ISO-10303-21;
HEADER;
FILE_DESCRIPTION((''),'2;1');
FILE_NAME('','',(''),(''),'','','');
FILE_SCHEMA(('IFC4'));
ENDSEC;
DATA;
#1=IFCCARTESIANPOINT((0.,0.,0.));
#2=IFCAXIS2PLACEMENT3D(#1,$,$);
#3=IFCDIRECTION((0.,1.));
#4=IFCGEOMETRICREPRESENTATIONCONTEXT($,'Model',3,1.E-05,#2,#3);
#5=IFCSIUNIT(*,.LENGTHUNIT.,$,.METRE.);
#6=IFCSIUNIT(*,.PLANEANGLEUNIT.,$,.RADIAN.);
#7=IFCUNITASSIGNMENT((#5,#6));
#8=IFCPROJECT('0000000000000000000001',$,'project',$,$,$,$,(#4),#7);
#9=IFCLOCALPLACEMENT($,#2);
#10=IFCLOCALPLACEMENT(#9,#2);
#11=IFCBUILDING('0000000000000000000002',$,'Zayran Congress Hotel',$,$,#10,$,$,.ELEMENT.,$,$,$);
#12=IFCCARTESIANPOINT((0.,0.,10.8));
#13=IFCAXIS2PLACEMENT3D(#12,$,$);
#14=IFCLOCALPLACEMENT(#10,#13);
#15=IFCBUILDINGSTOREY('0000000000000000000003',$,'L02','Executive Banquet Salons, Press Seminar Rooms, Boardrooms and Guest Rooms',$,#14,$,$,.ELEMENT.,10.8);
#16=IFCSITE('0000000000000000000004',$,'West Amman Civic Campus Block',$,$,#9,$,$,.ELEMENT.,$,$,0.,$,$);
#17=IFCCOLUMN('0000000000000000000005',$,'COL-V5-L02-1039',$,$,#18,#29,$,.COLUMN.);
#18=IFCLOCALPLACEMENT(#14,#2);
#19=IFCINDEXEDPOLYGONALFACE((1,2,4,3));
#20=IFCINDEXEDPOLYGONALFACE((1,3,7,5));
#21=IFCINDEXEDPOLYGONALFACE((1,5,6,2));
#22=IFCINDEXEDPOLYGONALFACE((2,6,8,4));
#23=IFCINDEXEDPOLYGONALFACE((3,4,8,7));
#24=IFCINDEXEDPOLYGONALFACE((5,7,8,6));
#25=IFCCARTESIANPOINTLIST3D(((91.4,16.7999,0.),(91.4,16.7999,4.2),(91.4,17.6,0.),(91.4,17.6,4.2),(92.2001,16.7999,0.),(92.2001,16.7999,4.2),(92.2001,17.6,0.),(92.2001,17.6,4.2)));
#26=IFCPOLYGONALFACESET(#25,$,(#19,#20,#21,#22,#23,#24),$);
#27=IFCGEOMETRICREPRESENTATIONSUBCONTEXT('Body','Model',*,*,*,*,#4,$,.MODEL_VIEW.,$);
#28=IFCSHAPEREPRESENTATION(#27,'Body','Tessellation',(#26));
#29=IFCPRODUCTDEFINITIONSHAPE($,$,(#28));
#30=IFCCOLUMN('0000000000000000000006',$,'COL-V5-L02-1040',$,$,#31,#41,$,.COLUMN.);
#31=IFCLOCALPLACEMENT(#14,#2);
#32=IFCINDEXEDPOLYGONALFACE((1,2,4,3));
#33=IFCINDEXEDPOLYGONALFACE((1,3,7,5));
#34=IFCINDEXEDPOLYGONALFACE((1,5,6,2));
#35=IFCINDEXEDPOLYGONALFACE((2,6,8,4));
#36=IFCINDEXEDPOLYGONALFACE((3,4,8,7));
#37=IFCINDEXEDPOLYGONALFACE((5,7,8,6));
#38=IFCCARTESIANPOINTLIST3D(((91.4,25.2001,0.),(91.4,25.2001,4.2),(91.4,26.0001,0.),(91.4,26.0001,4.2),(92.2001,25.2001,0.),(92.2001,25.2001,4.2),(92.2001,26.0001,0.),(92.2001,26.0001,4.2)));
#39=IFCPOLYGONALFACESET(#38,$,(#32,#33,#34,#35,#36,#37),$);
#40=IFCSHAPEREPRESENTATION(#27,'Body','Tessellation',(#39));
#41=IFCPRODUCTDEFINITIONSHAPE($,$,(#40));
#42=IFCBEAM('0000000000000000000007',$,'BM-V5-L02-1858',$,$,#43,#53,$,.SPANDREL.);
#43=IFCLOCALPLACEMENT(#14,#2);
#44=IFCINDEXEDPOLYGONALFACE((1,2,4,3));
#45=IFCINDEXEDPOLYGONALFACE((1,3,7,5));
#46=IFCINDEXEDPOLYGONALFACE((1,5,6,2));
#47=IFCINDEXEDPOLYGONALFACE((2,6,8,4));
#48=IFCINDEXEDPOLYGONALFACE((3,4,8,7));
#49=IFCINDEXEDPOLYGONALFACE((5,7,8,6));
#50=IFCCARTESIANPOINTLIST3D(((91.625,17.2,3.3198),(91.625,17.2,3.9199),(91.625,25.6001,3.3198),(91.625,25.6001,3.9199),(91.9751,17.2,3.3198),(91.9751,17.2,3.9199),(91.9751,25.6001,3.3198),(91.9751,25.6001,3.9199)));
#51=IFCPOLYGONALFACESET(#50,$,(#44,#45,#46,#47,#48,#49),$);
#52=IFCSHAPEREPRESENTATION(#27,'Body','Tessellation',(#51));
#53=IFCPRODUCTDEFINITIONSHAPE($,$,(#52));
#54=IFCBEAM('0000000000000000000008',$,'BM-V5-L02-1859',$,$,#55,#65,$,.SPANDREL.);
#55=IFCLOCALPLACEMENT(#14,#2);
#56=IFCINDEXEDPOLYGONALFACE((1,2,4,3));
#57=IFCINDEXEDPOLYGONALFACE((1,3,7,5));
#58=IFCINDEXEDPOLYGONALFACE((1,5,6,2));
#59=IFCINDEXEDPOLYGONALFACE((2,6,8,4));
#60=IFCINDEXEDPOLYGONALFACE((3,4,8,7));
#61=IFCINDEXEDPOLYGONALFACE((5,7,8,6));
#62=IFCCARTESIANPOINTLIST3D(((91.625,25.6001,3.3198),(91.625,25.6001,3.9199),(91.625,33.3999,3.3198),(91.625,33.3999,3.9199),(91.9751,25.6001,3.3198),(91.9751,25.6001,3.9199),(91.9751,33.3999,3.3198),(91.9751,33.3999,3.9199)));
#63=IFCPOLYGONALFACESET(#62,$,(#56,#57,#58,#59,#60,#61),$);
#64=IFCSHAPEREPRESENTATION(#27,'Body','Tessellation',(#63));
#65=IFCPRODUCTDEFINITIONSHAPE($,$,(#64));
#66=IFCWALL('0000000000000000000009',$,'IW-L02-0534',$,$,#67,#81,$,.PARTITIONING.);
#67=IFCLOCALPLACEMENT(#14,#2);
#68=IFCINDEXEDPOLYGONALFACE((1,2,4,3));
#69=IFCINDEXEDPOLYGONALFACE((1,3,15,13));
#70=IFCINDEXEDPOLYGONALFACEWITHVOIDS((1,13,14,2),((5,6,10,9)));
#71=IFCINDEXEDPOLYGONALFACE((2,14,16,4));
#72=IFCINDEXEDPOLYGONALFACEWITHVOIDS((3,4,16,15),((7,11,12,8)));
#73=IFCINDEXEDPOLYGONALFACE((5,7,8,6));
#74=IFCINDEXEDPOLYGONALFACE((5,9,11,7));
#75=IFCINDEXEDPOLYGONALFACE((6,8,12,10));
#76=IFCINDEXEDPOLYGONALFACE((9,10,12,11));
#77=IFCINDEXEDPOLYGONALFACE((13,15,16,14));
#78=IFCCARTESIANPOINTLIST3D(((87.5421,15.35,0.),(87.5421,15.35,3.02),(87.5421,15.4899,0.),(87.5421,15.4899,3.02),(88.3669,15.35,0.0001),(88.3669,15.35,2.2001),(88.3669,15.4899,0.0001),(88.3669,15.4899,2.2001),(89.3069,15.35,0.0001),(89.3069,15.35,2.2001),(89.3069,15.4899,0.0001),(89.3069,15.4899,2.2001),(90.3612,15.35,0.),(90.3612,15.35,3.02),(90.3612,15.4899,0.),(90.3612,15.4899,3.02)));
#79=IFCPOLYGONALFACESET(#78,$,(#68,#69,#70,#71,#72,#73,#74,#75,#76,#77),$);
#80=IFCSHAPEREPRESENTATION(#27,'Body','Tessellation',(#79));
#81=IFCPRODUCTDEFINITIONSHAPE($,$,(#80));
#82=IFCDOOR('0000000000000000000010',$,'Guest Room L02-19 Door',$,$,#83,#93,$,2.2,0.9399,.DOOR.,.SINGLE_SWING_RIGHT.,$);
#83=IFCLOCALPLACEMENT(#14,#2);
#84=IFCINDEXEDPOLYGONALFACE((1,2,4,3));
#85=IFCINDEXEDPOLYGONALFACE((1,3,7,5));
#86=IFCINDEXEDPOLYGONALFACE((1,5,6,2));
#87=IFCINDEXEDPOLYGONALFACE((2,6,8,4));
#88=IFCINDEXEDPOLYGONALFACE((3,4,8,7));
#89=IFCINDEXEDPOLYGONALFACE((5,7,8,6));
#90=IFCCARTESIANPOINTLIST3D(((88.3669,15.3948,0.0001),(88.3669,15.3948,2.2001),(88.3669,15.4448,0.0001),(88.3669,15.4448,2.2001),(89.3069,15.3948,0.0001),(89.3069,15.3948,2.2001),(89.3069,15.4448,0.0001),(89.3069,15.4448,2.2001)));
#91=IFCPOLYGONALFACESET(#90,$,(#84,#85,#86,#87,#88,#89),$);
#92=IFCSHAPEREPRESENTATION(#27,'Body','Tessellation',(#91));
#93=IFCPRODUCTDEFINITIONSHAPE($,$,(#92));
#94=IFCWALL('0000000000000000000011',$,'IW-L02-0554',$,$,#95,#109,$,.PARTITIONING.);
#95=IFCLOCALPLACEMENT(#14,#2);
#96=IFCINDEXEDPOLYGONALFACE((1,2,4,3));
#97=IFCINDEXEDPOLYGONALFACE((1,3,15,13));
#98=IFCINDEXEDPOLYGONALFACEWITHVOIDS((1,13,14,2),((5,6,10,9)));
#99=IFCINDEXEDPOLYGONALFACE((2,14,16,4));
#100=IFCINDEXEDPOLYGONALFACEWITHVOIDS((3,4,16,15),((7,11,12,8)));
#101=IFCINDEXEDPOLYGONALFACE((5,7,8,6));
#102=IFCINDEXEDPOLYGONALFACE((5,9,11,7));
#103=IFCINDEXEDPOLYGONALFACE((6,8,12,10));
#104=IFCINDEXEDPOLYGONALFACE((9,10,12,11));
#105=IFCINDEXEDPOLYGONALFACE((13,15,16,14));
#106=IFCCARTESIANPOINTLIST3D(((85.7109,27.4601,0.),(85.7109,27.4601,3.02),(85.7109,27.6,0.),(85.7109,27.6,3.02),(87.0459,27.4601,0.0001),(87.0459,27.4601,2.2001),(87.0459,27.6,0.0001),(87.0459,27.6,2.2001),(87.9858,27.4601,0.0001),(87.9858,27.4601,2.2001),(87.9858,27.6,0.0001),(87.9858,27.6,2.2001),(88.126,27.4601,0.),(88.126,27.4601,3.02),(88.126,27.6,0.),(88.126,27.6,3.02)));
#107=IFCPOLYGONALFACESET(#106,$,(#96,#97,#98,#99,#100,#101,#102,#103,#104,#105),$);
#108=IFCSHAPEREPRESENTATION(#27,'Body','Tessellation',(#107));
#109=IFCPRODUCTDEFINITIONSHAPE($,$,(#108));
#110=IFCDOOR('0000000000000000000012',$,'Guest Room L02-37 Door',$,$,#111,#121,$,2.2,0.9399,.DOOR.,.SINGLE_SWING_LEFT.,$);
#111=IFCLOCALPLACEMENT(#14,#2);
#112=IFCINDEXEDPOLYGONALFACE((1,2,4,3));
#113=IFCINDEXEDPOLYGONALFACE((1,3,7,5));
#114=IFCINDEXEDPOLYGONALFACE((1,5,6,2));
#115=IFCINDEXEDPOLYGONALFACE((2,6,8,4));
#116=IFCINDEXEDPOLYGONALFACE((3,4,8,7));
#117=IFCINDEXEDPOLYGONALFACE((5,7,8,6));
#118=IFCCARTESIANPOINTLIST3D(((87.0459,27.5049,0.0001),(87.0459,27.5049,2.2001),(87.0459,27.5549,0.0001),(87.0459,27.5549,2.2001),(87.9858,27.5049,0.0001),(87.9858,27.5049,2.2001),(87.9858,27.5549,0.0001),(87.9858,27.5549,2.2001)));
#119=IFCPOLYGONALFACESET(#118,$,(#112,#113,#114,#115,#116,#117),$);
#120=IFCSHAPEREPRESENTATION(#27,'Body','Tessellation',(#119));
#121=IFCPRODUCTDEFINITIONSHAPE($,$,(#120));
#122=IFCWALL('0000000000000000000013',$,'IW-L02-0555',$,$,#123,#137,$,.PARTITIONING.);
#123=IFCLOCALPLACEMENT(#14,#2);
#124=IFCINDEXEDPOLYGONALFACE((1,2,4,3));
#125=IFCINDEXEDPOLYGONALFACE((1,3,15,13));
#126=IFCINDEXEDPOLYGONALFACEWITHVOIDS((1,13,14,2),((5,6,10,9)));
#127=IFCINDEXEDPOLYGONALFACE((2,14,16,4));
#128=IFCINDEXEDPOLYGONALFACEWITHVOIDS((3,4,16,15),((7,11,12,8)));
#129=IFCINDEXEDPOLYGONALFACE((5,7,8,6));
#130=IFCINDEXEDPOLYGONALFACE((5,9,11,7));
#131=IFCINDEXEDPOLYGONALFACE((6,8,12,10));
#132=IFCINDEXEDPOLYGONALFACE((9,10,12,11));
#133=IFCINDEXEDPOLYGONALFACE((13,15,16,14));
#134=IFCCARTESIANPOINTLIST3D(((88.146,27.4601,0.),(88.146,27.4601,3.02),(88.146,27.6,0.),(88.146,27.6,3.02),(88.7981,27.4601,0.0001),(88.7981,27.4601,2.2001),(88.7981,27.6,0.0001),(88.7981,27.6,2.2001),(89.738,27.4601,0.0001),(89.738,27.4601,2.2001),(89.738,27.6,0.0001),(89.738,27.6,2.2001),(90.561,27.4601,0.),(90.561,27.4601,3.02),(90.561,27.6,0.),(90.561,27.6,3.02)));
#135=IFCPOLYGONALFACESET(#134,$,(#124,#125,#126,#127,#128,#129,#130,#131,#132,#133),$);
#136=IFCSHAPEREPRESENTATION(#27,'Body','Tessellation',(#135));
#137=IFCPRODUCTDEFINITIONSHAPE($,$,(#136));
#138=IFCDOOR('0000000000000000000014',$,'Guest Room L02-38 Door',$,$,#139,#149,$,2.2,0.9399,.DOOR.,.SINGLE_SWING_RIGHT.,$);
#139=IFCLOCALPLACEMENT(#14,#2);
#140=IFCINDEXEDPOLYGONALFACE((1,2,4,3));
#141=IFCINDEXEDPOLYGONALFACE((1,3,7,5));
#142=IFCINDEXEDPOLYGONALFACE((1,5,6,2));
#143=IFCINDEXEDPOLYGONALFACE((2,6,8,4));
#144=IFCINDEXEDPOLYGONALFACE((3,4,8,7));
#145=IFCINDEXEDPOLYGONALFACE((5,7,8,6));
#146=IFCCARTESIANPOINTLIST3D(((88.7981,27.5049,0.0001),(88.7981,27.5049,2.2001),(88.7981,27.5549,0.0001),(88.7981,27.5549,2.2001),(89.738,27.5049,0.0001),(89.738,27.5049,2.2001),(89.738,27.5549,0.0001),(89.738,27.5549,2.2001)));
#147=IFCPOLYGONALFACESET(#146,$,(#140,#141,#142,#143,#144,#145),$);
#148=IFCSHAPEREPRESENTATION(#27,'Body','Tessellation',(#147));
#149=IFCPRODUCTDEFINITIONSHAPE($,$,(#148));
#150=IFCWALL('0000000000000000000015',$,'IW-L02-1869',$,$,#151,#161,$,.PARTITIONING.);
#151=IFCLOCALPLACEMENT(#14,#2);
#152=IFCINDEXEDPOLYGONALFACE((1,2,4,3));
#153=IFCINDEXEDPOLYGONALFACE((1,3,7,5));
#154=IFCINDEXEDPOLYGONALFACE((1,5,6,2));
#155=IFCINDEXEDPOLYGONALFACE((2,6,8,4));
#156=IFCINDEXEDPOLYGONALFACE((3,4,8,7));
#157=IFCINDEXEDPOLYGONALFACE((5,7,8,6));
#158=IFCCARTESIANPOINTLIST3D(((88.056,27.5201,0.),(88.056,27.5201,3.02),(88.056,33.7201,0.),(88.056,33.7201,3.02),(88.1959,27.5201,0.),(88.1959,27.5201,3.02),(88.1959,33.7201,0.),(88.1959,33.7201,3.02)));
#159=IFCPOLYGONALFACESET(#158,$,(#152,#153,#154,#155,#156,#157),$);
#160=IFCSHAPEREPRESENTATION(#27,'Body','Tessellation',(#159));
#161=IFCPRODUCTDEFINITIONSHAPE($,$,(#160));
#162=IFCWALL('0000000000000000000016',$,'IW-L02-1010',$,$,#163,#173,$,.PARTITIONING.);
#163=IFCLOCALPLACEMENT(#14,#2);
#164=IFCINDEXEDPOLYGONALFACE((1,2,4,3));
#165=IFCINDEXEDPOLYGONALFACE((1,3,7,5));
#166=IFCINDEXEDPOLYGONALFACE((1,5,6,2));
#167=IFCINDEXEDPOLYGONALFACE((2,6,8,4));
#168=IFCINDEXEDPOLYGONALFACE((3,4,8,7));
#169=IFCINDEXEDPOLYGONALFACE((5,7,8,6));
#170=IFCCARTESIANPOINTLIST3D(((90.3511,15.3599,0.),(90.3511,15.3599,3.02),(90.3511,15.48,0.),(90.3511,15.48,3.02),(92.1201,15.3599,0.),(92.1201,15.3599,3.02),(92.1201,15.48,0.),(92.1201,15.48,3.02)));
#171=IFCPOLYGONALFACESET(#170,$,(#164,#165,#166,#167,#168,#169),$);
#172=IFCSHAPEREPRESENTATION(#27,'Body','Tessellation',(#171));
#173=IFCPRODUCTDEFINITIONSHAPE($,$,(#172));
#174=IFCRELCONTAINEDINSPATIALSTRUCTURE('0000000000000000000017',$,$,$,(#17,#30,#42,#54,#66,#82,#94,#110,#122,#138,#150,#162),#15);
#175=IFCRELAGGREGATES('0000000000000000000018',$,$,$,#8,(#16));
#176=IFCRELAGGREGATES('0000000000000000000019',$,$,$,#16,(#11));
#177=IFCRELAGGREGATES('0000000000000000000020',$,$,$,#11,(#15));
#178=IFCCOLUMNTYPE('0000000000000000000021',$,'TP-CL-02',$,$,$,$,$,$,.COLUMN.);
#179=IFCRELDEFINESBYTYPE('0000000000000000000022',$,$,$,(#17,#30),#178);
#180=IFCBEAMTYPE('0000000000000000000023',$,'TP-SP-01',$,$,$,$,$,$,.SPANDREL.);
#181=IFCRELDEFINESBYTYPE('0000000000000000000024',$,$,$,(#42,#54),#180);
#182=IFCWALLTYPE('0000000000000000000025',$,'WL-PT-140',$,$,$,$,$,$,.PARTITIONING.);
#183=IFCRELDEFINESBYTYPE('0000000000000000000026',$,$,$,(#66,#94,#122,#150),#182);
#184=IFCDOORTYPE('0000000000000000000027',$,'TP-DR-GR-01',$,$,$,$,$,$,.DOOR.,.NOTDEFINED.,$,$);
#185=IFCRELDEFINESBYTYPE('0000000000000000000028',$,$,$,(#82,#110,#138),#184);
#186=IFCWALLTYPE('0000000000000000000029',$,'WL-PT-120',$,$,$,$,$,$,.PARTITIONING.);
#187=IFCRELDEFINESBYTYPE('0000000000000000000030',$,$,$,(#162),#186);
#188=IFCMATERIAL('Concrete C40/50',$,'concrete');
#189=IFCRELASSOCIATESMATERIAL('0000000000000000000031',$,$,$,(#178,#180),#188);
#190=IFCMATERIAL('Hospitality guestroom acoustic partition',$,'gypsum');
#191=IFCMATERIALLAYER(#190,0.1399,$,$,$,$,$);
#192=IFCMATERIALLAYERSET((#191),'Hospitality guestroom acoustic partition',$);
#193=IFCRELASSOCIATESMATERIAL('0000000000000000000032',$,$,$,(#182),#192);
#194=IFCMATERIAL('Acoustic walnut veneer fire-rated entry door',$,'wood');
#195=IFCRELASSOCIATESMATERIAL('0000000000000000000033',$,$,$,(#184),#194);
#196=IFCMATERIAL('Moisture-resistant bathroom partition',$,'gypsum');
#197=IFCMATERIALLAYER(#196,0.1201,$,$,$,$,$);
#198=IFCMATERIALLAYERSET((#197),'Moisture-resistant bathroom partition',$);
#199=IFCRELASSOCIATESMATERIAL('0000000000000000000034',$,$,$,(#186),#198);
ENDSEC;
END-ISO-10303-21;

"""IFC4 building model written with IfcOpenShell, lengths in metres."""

from ifc_helpers import new_model, si_unit, direction, frame, frame_2d, origin, origin_2d, place, context, subcontext, project, spatial, rectangle, extrude, material, layer, layer_set, material_profile, profile_set, type_object, element, fill, save


model = new_model("IFC4")

# Units and contexts
model_context = context("Model", 3, precision=1e-05, world=origin(), true_north=direction((0.0, 1.0)))
body_context = subcontext(model_context, "Body", "Model", "MODEL_VIEW")
ifc_project = project(units=[si_unit("LENGTHUNIT", "METRE"), si_unit("PLANEANGLEUNIT", "RADIAN")], contexts=[model_context])

# Site, building, storey
site_placement = place(None, origin())
site = spatial("IfcSite", under=ifc_project, at=site_placement, Name="West Amman Civic Campus Block", CompositionType="ELEMENT", RefElevation=0.0)
building_placement = place(site_placement, origin())
building = spatial("IfcBuilding", under=site, at=building_placement, Name="Zayran Congress Hotel", CompositionType="ELEMENT")
storey_placement = place(building_placement, frame((0.0, 0.0, 10.8)))
storey = spatial("IfcBuildingStorey", under=building, at=storey_placement, Name="L02", Description="Executive Banquet Salons, Press Seminar Rooms, Boardrooms and Guest Rooms", CompositionType="ELEMENT", Elevation=10.8)

# Columns
ifc_material_1 = material(Name="Concrete C40/50", Category="concrete")
ifc_material_profile_1 = material_profile(ifc_material_1, rectangle(XDim=0.8, YDim=0.8, at=origin_2d()), Name="RC 800x800")
ifc_profile_set_1 = profile_set([ifc_material_profile_1], Name="Concrete C40/50")
column_type = type_object("IfcColumnType", Name="TP-CL-02", PredefinedType="COLUMN", material=ifc_profile_set_1)
for number, where, z_axis, x_axis, name in (
    (1, (91.8, 17.2, 0.0), (0.0, 0.0, 1.0), (1.0, 0.0, 0.0), "COL-V5-L02-1039"),
    (2, (91.8, 25.6001, 0.0), (0.0, 0.0, 1.0), (1.0, 0.0, 0.0), "COL-V5-L02-1040"),
):
    element("IfcColumn", number, at=place(storey_placement, frame(where, z_axis=z_axis, x_axis=x_axis)), inside=storey, type_object=column_type, Name=name, PredefinedType="COLUMN", context=body_context, shape_type="SweptSolid", body=[
        extrude(rectangle(XDim=0.8, YDim=0.8, at=origin_2d()), origin(), (0.0, 0.0, 1.0), 4.2),
    ])

# Beams
ifc_material_profile_2 = material_profile(ifc_material_1, rectangle(XDim=0.3501, YDim=0.6001, at=origin_2d()), Name="RC 350x600")
ifc_profile_set_2 = profile_set([ifc_material_profile_2], Name="Concrete C40/50")
beam_type = type_object("IfcBeamType", Name="TP-SP-01", PredefinedType="SPANDREL", material=ifc_profile_set_2)
beam_1_placement = place(storey_placement, frame((91.8, 17.2, 3.6199), z_axis=(0.0, 1.0, 0.0), x_axis=(-1.0, 0.0, 0.0)))
element("IfcBeam", 3, at=beam_1_placement, inside=storey, type_object=beam_type, Name="BM-V5-L02-1858", PredefinedType="SPANDREL", context=body_context, shape_type="SweptSolid", body=[
    extrude(rectangle(XDim=0.3501, YDim=0.6001, at=origin_2d()), origin(), (0.0, 0.0, 1.0), 8.4001),
])
beam_2_placement = place(storey_placement, frame((91.8, 25.6001, 3.6199), z_axis=(0.0, 1.0, 0.0), x_axis=(-1.0, 0.0, 0.0)))
element("IfcBeam", 4, at=beam_2_placement, inside=storey, type_object=beam_type, Name="BM-V5-L02-1859", PredefinedType="SPANDREL", context=body_context, shape_type="SweptSolid", body=[
    extrude(rectangle(XDim=0.3501, YDim=0.6001, at=origin_2d()), origin(), (0.0, 0.0, 1.0), 7.7998),
])

# Walls, openings, doors
ifc_material_2 = material(Name="Hospitality guestroom acoustic partition", Category="gypsum")
ifc_layer_1 = layer(ifc_material_2, 0.1399)
ifc_layer_set_1 = layer_set([ifc_layer_1], Name="Hospitality guestroom acoustic partition")
wall_type_1 = type_object("IfcWallType", Name="WL-PT-140", PredefinedType="PARTITIONING", material=ifc_layer_set_1)
wall_1_placement = place(storey_placement, frame((87.542, 15.4199, 0.0), z_axis=(0.0, 0.0, 1.0), x_axis=(1.0, 0.0, 0.0)))
wall_1 = element("IfcWall", 5, at=wall_1_placement, inside=storey, type_object=wall_type_1, Name="IW-L02-0534", PredefinedType="PARTITIONING", context=body_context, shape_type="SweptSolid", body=[
    extrude(rectangle(XDim=2.8191, YDim=0.1399, at=frame_2d((1.4097, 0.0))), origin(), (0.0, 0.0, 1.0), 3.02),
])
opening_1_placement = place(wall_1_placement, frame((0.825, 0.0, 0.0)))
opening_1 = element("IfcOpeningElement", 6, at=opening_1_placement, cuts=wall_1, PredefinedType="OPENING", context=body_context, shape_type="SweptSolid", body=[
    extrude(rectangle(XDim=0.9399, YDim=2.2, at=frame_2d((0.47, 1.1001))), frame((0.0, 0.0798, 0.0), z_axis=(0.0, -1.0, 0.0), x_axis=(1.0, 0.0, 0.0)), (0.0, 0.0, 1.0), 0.1599),
])
ifc_material_3 = material(Name="Acoustic walnut veneer fire-rated entry door", Category="wood")
door_type_1 = type_object("IfcDoorType", Name="TP-DR-GR-01", OperationType="NOTDEFINED", PredefinedType="DOOR", material=ifc_material_3)
door_1_placement = place(opening_1_placement, origin())
door_1 = element("IfcDoor", 7, at=door_1_placement, inside=storey, type_object=door_type_1, Name="Guest Room L02-19 Door", OperationType="SINGLE_SWING_RIGHT", OverallHeight=2.2, OverallWidth=0.9399, PredefinedType="DOOR", context=body_context, shape_type="SweptSolid", body=[
    extrude(rectangle(XDim=0.9399, YDim=2.2, at=frame_2d((0.47, 1.1001))), frame((0.0, 0.0249, 0.0), z_axis=(0.0, -1.0, 0.0), x_axis=(1.0, 0.0, 0.0)), (0.0, 0.0, 1.0), 0.05),
])
fill(opening_1, door_1)
wall_2_placement = place(storey_placement, frame((85.7109, 27.53, 0.0), z_axis=(0.0, 0.0, 1.0), x_axis=(1.0, 0.0, 0.0)))
wall_2 = element("IfcWall", 8, at=wall_2_placement, inside=storey, type_object=wall_type_1, Name="IW-L02-0554", PredefinedType="PARTITIONING", context=body_context, shape_type="SweptSolid", body=[
    extrude(rectangle(XDim=2.415, YDim=0.1399, at=frame_2d((1.2075, 0.0))), origin(), (0.0, 0.0, 1.0), 3.02),
])
opening_2_placement = place(wall_2_placement, frame((1.335, 0.0, 0.0)))
opening_2 = element("IfcOpeningElement", 9, at=opening_2_placement, cuts=wall_2, PredefinedType="OPENING", context=body_context, shape_type="SweptSolid", body=[
    extrude(rectangle(XDim=0.9399, YDim=2.2, at=frame_2d((0.47, 1.1001))), frame((0.0, 0.0798, 0.0), z_axis=(0.0, -1.0, 0.0), x_axis=(1.0, 0.0, 0.0)), (0.0, 0.0, 1.0), 0.1599),
])
door_2_placement = place(opening_2_placement, origin())
door_2 = element("IfcDoor", 10, at=door_2_placement, inside=storey, type_object=door_type_1, Name="Guest Room L02-37 Door", OperationType="SINGLE_SWING_LEFT", OverallHeight=2.2, OverallWidth=0.9399, PredefinedType="DOOR", context=body_context, shape_type="SweptSolid", body=[
    extrude(rectangle(XDim=0.9399, YDim=2.2, at=frame_2d((0.47, 1.1001))), frame((0.0, 0.0249, 0.0), z_axis=(0.0, -1.0, 0.0), x_axis=(1.0, 0.0, 0.0)), (0.0, 0.0, 1.0), 0.05),
])
fill(opening_2, door_2)
wall_3_placement = place(storey_placement, frame((88.146, 27.53, 0.0), z_axis=(0.0, 0.0, 1.0), x_axis=(1.0, 0.0, 0.0)))
wall_3 = element("IfcWall", 11, at=wall_3_placement, inside=storey, type_object=wall_type_1, Name="IW-L02-0555", PredefinedType="PARTITIONING", context=body_context, shape_type="SweptSolid", body=[
    extrude(rectangle(XDim=2.415, YDim=0.1399, at=frame_2d((1.2075, 0.0))), origin(), (0.0, 0.0, 1.0), 3.02),
])
opening_3_placement = place(wall_3_placement, frame((0.6521, 0.0, 0.0)))
opening_3 = element("IfcOpeningElement", 12, at=opening_3_placement, cuts=wall_3, PredefinedType="OPENING", context=body_context, shape_type="SweptSolid", body=[
    extrude(rectangle(XDim=0.9399, YDim=2.2, at=frame_2d((0.47, 1.1001))), frame((0.0, 0.0798, 0.0), z_axis=(0.0, -1.0, 0.0), x_axis=(1.0, 0.0, 0.0)), (0.0, 0.0, 1.0), 0.1599),
])
door_3_placement = place(opening_3_placement, origin())
door_3 = element("IfcDoor", 13, at=door_3_placement, inside=storey, type_object=door_type_1, Name="Guest Room L02-38 Door", OperationType="SINGLE_SWING_RIGHT", OverallHeight=2.2, OverallWidth=0.9399, PredefinedType="DOOR", context=body_context, shape_type="SweptSolid", body=[
    extrude(rectangle(XDim=0.9399, YDim=2.2, at=frame_2d((0.47, 1.1001))), frame((0.0, 0.0249, 0.0), z_axis=(0.0, -1.0, 0.0), x_axis=(1.0, 0.0, 0.0)), (0.0, 0.0, 1.0), 0.05),
])
fill(opening_3, door_3)

# Wall
wall_4_placement = place(storey_placement, frame((88.126, 27.52, 0.0), z_axis=(0.0, 0.0, 1.0), x_axis=(0.0, 1.0, 0.0)))
element("IfcWall", 14, at=wall_4_placement, inside=storey, type_object=wall_type_1, Name="IW-L02-1869", PredefinedType="PARTITIONING", context=body_context, shape_type="SweptSolid", body=[
    extrude(rectangle(XDim=6.2, YDim=0.1399, at=frame_2d((3.1001, 0.0))), origin(), (0.0, 0.0, 1.0), 3.02),
])

# Shared definitions
ifc_material_4 = material(Name="Moisture-resistant bathroom partition", Category="gypsum")
ifc_layer_2 = layer(ifc_material_4, 0.1201)
ifc_layer_set_2 = layer_set([ifc_layer_2], Name="Moisture-resistant bathroom partition")
wall_type_2 = type_object("IfcWallType", Name="WL-PT-120", PredefinedType="PARTITIONING", material=ifc_layer_set_2)

# Wall
wall_5_placement = place(storey_placement, frame((90.3511, 15.4199, 0.0), z_axis=(0.0, 0.0, 1.0), x_axis=(1.0, 0.0, 0.0)))
element("IfcWall", 15, at=wall_5_placement, inside=storey, type_object=wall_type_2, Name="IW-L02-1010", PredefinedType="PARTITIONING", context=body_context, shape_type="SweptSolid", body=[
    extrude(rectangle(XDim=1.769, YDim=0.1201, at=frame_2d((0.8845, 0.0))), origin(), (0.0, 0.0, 1.0), 3.02),
])

save(model, "model.ifc")
